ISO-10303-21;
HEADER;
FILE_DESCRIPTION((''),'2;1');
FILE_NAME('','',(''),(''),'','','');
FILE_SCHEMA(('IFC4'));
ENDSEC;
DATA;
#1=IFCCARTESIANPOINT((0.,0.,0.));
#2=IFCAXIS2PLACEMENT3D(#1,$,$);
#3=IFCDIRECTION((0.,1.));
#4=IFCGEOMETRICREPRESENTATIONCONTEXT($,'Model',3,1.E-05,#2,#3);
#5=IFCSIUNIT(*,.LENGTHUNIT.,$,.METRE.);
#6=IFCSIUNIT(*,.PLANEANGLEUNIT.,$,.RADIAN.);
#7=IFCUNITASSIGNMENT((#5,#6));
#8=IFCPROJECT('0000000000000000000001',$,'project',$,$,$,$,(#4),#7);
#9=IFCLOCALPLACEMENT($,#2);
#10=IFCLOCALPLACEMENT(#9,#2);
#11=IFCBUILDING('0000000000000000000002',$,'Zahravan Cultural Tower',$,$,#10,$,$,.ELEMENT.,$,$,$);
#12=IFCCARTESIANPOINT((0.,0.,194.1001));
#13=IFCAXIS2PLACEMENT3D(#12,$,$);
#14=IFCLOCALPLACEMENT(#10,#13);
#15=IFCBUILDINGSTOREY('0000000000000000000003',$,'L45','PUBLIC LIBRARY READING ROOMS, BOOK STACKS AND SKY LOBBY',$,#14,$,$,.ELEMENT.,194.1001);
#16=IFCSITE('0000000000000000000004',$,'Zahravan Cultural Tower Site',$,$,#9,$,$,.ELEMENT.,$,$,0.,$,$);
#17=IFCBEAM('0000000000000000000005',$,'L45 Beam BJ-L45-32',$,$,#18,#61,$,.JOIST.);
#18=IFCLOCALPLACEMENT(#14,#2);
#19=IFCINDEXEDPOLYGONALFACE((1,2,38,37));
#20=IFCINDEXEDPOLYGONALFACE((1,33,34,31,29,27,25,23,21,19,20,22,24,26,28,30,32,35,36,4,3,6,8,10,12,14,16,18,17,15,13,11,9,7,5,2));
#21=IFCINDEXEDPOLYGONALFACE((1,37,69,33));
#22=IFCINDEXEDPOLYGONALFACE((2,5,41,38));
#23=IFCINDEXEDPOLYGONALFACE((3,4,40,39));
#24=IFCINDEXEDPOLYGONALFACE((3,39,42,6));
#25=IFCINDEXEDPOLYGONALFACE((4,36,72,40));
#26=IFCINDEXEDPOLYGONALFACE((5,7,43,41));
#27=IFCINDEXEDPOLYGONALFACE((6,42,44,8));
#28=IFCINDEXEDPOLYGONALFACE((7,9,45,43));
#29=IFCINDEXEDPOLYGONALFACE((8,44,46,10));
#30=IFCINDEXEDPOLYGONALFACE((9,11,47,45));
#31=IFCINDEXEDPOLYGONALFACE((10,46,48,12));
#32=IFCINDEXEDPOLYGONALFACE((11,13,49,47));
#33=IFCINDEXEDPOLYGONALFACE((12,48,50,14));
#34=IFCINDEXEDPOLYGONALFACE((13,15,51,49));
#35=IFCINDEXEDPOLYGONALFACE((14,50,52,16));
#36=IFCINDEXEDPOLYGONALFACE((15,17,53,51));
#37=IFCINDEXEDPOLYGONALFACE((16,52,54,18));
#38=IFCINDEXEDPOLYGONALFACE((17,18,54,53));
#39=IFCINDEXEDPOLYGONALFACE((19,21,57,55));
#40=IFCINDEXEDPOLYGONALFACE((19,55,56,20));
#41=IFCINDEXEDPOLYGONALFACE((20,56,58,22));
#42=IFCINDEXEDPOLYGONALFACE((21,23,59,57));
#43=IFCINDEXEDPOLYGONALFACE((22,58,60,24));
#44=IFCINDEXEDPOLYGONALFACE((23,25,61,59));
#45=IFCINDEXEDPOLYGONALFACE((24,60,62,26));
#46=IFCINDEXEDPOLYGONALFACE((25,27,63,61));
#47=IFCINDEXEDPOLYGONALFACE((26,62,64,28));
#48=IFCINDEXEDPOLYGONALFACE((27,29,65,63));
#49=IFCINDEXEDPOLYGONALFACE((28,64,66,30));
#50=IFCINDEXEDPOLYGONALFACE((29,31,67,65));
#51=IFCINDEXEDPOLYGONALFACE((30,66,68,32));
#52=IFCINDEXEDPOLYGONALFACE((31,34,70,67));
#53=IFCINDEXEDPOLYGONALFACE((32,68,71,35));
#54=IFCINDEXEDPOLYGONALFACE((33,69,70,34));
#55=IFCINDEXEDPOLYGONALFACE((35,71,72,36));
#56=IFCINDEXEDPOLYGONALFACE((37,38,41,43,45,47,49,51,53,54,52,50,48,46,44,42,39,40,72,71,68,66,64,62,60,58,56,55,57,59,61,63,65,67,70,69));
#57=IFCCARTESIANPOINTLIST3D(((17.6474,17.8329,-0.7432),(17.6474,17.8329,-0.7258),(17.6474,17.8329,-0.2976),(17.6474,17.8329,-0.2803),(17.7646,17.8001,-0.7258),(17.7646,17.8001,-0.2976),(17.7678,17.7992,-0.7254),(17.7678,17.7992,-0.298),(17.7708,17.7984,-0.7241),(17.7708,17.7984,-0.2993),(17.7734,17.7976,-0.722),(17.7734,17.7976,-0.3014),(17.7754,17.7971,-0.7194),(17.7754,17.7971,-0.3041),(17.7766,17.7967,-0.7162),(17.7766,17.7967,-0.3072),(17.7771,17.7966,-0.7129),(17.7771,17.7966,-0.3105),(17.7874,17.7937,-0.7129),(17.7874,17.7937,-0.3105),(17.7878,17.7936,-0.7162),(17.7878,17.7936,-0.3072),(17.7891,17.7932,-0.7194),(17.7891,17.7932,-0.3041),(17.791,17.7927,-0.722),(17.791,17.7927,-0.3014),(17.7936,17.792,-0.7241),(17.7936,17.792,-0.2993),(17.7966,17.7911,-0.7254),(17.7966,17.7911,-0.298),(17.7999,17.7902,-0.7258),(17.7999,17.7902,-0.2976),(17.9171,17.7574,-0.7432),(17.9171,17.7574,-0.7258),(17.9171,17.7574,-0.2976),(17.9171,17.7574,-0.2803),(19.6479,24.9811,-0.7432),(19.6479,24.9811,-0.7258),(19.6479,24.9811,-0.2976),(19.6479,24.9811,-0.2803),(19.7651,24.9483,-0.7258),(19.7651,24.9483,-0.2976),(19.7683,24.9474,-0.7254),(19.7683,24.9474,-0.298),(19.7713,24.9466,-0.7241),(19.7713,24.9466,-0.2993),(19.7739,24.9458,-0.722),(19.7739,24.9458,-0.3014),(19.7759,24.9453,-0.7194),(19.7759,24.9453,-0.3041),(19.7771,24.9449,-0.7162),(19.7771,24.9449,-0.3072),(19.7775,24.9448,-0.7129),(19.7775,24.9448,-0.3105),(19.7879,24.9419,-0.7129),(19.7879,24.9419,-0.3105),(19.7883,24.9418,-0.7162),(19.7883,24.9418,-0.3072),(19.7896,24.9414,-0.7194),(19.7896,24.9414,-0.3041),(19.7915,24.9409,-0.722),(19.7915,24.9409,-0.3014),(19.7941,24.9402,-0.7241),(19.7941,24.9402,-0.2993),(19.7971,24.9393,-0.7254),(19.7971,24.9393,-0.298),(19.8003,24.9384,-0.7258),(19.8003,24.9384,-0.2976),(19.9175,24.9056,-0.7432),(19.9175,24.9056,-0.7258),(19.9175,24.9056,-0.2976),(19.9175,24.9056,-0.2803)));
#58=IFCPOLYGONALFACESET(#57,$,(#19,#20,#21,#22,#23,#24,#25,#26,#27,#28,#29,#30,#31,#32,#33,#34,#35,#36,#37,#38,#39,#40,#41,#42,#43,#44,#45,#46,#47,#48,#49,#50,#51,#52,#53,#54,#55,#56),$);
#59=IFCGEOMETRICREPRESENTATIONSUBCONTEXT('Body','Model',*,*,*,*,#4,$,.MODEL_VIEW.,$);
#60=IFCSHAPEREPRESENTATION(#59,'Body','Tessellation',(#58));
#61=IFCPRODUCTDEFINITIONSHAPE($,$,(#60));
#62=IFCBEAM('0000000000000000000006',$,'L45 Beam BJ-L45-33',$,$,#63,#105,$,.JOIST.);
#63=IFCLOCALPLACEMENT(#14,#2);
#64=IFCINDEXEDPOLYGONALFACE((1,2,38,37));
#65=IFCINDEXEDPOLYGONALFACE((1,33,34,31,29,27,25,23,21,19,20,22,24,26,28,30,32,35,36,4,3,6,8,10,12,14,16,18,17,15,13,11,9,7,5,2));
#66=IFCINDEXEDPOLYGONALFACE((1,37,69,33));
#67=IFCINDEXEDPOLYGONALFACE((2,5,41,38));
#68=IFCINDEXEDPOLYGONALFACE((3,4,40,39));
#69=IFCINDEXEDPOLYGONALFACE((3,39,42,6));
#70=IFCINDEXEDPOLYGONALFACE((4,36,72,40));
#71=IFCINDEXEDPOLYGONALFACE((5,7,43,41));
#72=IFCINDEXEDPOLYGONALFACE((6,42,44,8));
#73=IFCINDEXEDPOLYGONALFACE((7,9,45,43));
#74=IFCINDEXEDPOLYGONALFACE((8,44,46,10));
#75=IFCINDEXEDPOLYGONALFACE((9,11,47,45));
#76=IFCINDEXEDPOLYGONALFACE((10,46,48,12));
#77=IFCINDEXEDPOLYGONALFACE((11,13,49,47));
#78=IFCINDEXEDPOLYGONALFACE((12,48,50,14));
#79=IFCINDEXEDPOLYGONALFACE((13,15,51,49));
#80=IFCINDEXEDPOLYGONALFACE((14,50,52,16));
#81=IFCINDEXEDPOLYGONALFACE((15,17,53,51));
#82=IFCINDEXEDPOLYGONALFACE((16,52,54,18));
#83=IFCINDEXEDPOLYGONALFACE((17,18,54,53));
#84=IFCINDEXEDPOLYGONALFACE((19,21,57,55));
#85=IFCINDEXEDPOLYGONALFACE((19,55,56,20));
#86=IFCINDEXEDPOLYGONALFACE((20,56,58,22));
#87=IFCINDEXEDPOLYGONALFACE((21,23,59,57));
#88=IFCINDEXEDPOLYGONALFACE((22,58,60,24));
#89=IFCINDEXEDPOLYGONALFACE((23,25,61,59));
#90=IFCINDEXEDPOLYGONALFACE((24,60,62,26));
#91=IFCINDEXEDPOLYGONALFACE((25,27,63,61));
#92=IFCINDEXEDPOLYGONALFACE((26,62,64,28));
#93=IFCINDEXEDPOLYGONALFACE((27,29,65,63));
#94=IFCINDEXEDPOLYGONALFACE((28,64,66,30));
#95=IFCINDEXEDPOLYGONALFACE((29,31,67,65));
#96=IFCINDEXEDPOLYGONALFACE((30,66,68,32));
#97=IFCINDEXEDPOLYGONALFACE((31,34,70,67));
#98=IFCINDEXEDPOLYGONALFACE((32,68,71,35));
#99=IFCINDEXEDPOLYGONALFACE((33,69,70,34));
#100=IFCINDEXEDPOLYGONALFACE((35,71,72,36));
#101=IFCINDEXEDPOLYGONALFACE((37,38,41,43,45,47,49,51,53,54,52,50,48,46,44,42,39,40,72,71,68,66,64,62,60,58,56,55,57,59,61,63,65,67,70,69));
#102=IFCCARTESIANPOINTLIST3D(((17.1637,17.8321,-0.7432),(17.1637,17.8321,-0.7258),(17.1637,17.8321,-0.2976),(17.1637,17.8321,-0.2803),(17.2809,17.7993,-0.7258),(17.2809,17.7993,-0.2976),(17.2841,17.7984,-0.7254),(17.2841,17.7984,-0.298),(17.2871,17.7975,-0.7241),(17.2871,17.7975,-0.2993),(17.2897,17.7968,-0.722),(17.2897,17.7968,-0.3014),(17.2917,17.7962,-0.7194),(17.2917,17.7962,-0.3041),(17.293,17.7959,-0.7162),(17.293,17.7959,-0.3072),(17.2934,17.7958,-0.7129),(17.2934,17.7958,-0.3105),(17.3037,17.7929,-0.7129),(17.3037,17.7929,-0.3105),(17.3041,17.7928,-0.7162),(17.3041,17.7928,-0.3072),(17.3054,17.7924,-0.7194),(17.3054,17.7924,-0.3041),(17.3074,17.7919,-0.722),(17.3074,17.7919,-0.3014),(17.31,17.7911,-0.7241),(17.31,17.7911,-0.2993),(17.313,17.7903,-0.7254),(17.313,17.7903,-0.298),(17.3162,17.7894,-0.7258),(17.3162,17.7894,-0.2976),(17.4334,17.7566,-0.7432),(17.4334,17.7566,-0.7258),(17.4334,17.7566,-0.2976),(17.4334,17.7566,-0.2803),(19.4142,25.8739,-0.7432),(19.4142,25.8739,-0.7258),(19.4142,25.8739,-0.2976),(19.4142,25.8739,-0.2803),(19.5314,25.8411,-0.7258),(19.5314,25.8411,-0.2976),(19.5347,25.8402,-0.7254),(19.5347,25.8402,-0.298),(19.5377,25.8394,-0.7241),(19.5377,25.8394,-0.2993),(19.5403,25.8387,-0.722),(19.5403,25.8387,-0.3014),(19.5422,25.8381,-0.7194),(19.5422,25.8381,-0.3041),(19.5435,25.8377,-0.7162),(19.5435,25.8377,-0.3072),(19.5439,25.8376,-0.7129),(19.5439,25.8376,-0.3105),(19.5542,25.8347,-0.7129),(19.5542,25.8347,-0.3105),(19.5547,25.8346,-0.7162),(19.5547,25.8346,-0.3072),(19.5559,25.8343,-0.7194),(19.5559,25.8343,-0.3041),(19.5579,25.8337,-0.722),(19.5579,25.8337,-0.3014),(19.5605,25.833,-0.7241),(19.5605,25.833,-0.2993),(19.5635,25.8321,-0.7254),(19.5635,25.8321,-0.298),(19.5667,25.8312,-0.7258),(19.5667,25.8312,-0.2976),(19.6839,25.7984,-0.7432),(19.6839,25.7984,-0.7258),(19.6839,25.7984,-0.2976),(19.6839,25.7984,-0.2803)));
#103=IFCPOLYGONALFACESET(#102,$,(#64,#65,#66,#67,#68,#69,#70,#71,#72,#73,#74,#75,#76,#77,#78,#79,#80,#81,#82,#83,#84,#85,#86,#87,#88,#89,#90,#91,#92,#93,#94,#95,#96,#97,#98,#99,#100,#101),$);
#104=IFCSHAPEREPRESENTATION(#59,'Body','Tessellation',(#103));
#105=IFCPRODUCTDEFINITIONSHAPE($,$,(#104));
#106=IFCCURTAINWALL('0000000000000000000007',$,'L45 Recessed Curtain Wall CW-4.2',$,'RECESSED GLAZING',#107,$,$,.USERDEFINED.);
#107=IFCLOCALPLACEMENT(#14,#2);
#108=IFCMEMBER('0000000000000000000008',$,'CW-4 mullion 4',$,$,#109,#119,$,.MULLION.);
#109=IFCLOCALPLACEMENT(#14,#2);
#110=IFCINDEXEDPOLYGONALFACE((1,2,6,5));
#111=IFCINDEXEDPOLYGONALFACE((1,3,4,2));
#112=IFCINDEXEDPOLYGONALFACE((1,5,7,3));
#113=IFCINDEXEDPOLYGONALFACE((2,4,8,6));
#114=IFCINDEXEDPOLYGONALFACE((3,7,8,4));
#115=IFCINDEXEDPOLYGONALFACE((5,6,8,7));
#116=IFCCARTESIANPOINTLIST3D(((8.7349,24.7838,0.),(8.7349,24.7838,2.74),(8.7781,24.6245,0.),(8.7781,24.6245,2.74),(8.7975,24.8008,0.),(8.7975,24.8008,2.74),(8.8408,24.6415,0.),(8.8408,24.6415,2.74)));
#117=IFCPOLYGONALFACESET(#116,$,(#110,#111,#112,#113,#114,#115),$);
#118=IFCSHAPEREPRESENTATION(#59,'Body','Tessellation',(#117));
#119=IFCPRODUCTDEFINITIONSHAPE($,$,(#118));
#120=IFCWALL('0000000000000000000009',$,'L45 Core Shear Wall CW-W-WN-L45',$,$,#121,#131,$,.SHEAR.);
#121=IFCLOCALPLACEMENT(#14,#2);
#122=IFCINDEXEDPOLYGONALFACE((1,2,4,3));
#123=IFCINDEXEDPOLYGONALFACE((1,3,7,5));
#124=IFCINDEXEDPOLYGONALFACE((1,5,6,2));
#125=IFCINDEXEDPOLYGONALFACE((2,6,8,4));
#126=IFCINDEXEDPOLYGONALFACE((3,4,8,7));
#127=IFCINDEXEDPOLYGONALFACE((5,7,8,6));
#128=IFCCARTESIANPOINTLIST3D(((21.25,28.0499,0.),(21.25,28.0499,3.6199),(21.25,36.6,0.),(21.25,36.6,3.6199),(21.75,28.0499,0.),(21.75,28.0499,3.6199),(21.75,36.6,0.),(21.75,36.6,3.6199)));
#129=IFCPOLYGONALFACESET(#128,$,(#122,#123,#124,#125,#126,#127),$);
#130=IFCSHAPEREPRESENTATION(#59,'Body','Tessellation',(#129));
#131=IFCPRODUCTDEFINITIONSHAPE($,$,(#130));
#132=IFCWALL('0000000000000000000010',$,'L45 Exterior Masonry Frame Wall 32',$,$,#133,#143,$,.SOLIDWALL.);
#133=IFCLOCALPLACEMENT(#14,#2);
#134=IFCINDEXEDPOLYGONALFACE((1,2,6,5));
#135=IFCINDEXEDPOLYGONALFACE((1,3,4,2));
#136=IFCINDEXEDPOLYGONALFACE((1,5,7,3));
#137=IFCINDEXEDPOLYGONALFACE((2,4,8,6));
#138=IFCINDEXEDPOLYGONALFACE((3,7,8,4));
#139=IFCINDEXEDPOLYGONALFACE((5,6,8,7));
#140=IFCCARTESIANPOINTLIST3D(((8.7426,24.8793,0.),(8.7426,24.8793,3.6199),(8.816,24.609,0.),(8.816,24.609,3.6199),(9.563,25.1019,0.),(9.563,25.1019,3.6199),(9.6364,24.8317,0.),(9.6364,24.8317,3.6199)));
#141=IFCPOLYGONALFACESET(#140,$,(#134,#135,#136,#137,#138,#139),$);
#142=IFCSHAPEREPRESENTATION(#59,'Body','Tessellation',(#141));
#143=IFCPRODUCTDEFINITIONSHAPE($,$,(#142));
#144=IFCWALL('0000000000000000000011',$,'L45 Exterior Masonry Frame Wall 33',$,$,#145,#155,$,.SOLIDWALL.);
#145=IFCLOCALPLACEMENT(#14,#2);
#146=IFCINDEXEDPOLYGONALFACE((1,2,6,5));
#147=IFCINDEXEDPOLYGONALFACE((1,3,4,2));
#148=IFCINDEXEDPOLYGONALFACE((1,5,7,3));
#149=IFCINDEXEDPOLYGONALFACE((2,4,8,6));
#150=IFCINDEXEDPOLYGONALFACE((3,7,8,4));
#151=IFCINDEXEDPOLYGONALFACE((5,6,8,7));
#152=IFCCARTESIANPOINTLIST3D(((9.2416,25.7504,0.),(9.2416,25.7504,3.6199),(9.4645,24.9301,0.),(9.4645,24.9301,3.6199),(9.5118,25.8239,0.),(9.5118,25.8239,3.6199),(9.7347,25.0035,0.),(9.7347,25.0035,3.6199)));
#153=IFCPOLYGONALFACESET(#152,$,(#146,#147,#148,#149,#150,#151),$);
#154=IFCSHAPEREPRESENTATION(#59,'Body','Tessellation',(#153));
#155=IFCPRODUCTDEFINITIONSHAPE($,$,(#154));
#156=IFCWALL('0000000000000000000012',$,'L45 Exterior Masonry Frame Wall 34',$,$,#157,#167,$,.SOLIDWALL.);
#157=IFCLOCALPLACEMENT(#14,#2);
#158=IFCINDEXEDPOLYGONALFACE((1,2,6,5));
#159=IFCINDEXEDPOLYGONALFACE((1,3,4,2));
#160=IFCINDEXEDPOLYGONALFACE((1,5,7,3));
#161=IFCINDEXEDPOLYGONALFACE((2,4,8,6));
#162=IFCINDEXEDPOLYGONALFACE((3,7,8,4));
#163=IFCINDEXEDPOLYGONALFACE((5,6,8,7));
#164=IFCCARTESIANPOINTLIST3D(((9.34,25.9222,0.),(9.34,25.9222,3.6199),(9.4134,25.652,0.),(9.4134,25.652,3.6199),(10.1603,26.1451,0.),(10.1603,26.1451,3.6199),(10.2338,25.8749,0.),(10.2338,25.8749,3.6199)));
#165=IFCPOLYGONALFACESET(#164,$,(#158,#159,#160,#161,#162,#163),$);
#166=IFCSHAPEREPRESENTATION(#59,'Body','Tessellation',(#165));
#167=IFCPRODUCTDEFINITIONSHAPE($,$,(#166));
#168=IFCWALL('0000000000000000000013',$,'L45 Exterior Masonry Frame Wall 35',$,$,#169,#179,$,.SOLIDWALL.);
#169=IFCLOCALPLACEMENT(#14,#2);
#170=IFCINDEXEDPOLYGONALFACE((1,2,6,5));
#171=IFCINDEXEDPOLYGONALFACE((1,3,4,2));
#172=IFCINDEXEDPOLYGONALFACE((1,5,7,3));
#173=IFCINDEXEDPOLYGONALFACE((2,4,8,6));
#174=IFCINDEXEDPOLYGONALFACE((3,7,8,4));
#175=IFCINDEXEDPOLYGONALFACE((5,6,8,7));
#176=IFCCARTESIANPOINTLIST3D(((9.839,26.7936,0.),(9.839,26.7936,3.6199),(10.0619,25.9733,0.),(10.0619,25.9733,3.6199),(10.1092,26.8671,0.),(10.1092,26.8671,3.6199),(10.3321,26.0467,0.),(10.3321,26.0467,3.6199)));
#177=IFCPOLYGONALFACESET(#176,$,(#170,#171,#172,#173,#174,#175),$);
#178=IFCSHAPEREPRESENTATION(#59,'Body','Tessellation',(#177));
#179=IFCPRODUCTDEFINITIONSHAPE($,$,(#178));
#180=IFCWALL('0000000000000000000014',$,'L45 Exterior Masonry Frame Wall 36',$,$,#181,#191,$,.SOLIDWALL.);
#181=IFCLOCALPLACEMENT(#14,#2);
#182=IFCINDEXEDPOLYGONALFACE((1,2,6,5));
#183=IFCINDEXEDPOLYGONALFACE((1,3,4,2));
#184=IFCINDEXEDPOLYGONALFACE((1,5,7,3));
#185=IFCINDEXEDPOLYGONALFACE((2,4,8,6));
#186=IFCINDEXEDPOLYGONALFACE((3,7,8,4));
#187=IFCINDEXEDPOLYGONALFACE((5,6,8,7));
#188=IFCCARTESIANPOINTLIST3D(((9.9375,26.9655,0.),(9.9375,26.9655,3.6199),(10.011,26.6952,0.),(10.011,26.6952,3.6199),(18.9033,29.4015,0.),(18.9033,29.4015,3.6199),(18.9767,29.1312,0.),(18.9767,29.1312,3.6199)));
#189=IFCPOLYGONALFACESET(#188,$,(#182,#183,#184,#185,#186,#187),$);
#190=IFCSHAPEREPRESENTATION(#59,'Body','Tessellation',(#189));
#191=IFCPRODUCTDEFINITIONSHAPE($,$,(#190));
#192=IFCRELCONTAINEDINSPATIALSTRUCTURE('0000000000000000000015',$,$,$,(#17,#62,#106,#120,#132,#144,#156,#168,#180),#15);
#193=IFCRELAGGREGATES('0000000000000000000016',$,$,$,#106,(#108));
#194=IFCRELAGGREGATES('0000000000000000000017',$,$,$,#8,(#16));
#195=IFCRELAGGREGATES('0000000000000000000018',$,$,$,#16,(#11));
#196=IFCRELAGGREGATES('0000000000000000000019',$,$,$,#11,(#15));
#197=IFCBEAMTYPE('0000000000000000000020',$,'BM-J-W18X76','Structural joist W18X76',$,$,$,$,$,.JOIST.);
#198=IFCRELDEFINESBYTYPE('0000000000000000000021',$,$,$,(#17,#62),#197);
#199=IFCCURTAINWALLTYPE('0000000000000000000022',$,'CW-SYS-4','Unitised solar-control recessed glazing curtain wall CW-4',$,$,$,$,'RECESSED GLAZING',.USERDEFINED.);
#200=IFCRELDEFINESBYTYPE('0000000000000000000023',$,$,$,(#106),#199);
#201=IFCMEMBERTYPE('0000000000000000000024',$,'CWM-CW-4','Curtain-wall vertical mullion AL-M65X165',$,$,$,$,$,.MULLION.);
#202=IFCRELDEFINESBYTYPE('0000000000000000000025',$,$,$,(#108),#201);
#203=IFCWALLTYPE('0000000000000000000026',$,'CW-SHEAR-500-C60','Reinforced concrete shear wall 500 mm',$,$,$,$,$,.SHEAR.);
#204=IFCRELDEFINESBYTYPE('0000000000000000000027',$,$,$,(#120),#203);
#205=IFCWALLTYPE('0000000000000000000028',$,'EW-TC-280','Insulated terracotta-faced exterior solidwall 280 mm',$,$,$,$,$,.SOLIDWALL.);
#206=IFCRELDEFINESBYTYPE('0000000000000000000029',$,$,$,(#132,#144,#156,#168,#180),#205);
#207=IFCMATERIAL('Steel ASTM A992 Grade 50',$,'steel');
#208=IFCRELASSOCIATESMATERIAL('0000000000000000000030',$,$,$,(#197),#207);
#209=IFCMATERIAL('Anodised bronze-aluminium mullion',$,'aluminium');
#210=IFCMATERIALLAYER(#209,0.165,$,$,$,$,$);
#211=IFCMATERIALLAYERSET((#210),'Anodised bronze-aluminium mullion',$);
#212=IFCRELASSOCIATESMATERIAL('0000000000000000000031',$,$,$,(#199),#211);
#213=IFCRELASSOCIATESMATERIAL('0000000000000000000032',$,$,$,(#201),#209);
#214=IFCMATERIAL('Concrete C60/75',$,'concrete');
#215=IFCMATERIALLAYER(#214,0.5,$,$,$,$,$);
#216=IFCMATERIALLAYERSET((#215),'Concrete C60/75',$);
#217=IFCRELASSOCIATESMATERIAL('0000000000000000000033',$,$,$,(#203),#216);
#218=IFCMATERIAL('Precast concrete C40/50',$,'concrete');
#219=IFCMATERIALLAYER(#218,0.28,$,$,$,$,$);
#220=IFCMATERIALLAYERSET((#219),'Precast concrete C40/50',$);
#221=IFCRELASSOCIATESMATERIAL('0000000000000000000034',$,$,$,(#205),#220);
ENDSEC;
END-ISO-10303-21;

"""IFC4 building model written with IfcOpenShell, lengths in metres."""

from ifc_helpers import new_model, si_unit, direction, frame, frame_2d, origin, origin_2d, place, context, subcontext, project, spatial, rectangle, i_section, extrude, source, transform, mapped, material, layer, layer_set, material_profile, profile_set, type_object, element, aggregate, save


model = new_model("IFC4")

# Units and contexts
model_context = context("Model", 3, precision=1e-05, world=origin(), true_north=direction((0.0, 1.0)))
body_context = subcontext(model_context, "Body", "Model", "MODEL_VIEW")
ifc_project = project(units=[si_unit("LENGTHUNIT", "METRE"), si_unit("PLANEANGLEUNIT", "RADIAN")], contexts=[model_context])

# Site, building, storey
site_placement = place(None, origin())
site = spatial("IfcSite", under=ifc_project, at=site_placement, Name="Zahravan Cultural Tower Site", CompositionType="ELEMENT", RefElevation=0.0)
building_placement = place(site_placement, origin())
building = spatial("IfcBuilding", under=site, at=building_placement, Name="Zahravan Cultural Tower", CompositionType="ELEMENT")
storey_placement = place(building_placement, frame((0.0, 0.0, 194.1001)))
storey = spatial("IfcBuildingStorey", under=building, at=storey_placement, Name="L45", Description="PUBLIC LIBRARY READING ROOMS, BOOK STACKS AND SKY LOBBY", CompositionType="ELEMENT", Elevation=194.1001)

# Shared definitions
ifc_material_1 = material(Name="Steel ASTM A992 Grade 50", Category="steel")

# Beams
ifc_material_profile_1 = material_profile(ifc_material_1, i_section(OverallWidth=0.28, OverallDepth=0.4629, WebThickness=0.0107, FlangeThickness=0.0173, FilletRadius=0.0129, at=origin_2d()), Name="W18X76")
ifc_profile_set_1 = profile_set([ifc_material_profile_1], Name="Steel ASTM A992 Grade 50")
beam_type_1 = type_object("IfcBeamType", Name="BM-J-W18X76", Description="Structural joist W18X76", PredefinedType="JOIST", material=ifc_profile_set_1)
shared_shape_1 = source(origin(), body_context, "Body", "SweptSolid", [
    extrude(i_section(OverallWidth=0.28, OverallDepth=0.4629, WebThickness=0.0107, FlangeThickness=0.0173, FilletRadius=0.0129, at=origin_2d()), origin(), (0.0, 0.0, 1.0), 7.4229),
])
beam_1_placement = place(storey_placement, frame((19.7827, 24.9434, -0.5117), z_axis=(-0.269504, -0.962999, 0.0), x_axis=(0.962999, -0.269504, 0.0)))
element("IfcBeam", 1, at=beam_1_placement, inside=storey, type_object=beam_type_1, Name="L45 Beam BJ-L45-32", PredefinedType="JOIST", context=body_context, shape_type="MappedRepresentation", body=[
    mapped(shared_shape_1, transform((0.0, 0.0, 0.0), x_axis=(1.0, 0.0, 0.0), y_axis=(0.0, 1.0, 0.0), z_axis=(0.0, 0.0, 1.0), scale=1.0)),
])
shared_shape_2 = source(origin(), body_context, "Body", "SweptSolid", [
    extrude(i_section(OverallWidth=0.28, OverallDepth=0.4629, WebThickness=0.0107, FlangeThickness=0.0173, FilletRadius=0.0129, at=origin_2d()), origin(), (0.0, 0.0, 1.0), 8.3508),
])
beam_2_placement = place(storey_placement, frame((19.5491, 25.8362, -0.5117), z_axis=(-0.269497, -0.963001, 0.0), x_axis=(0.963001, -0.269497, 0.0)))
element("IfcBeam", 2, at=beam_2_placement, inside=storey, type_object=beam_type_1, Name="L45 Beam BJ-L45-33", PredefinedType="JOIST", context=body_context, shape_type="MappedRepresentation", body=[
    mapped(shared_shape_2, transform((0.0, 0.0, 0.0), x_axis=(1.0, 0.0, 0.0), y_axis=(0.0, 1.0, 0.0), z_axis=(0.0, 0.0, 1.0), scale=1.0)),
])

# Curtain wall, member
ifc_material_2 = material(Name="Anodised bronze-aluminium mullion", Category="aluminium")
ifc_layer_1 = layer(ifc_material_2, 0.165)
ifc_layer_set_1 = layer_set([ifc_layer_1], Name="Anodised bronze-aluminium mullion")
curtain_wall_type = type_object("IfcCurtainWallType", Name="CW-SYS-4", Description="Unitised solar-control recessed glazing curtain wall CW-4", ElementType="RECESSED GLAZING", PredefinedType="USERDEFINED", material=ifc_layer_set_1)
curtain_wall_placement = place(storey_placement, origin())
curtain_wall = element("IfcCurtainWall", 3, at=curtain_wall_placement, inside=storey, type_object=curtain_wall_type, Name="L45 Recessed Curtain Wall CW-4.2", ObjectType="RECESSED GLAZING", PredefinedType="USERDEFINED")
ifc_material_profile_2 = material_profile(ifc_material_2, rectangle(XDim=0.0649, YDim=0.165, at=origin_2d()), Name="AL-M65X165")
ifc_profile_set_2 = profile_set([ifc_material_profile_2], Name="Anodised bronze-aluminium mullion")
member_type = type_object("IfcMemberType", Name="CWM-CW-4", Description="Curtain-wall vertical mullion AL-M65X165", PredefinedType="MULLION", material=ifc_profile_set_2)
shared_shape_3 = source(origin(), body_context, "Body", "SweptSolid", [
    extrude(rectangle(XDim=0.0649, YDim=0.165, at=origin_2d()), origin(), (0.0, 0.0, 1.0), 2.74),
])
member_placement = place(storey_placement, frame((8.7878, 24.7126, 0.0), z_axis=(0.0, 0.0, 1.0), x_axis=(-0.965017, -0.262187, 0.0)))
member = element("IfcMember", 4, at=member_placement, type_object=member_type, Name="CW-4 mullion 4", PredefinedType="MULLION", context=body_context, shape_type="MappedRepresentation", body=[
    mapped(shared_shape_3, transform((0.0, 0.0, 0.0), x_axis=(1.0, 0.0, 0.0), y_axis=(0.0, 1.0, 0.0), z_axis=(0.0, 0.0, 1.0), scale=1.0)),
])
aggregate(curtain_wall, [member])

# Walls
ifc_material_3 = material(Name="Concrete C60/75", Category="concrete")
ifc_layer_2 = layer(ifc_material_3, 0.5)
ifc_layer_set_2 = layer_set([ifc_layer_2], Name="Concrete C60/75")
wall_type_1 = type_object("IfcWallType", Name="CW-SHEAR-500-C60", Description="Reinforced concrete shear wall 500 mm", PredefinedType="SHEAR", material=ifc_layer_set_2)
shared_shape_4 = source(origin(), body_context, "Body", "SweptSolid", [
    extrude(rectangle(XDim=8.55, YDim=0.5, at=frame_2d((4.2749, 0.0))), origin(), (0.0, 0.0, 1.0), 3.6199),
])
wall_1_placement = place(storey_placement, frame((21.5, 28.05, 0.0), z_axis=(0.0, 0.0, 1.0), x_axis=(0.0, 1.0, 0.0)))
element("IfcWall", 5, at=wall_1_placement, inside=storey, type_object=wall_type_1, Name="L45 Core Shear Wall CW-W-WN-L45", PredefinedType="SHEAR", context=body_context, shape_type="MappedRepresentation", body=[
    mapped(shared_shape_4, transform((0.0, 0.0, 0.0), x_axis=(1.0, 0.0, 0.0), y_axis=(0.0, 1.0, 0.0), z_axis=(0.0, 0.0, 1.0), scale=1.0)),
])
ifc_material_4 = material(Name="Precast concrete C40/50", Category="concrete")
ifc_layer_3 = layer(ifc_material_4, 0.28)
ifc_layer_set_3 = layer_set([ifc_layer_3], Name="Precast concrete C40/50")
wall_type_2 = type_object("IfcWallType", Name="EW-TC-280", Description="Insulated terracotta-faced exterior solidwall 280 mm", PredefinedType="SOLIDWALL", material=ifc_layer_set_3)
shared_shape_5 = source(origin(), body_context, "Body", "SweptSolid", [
    extrude(rectangle(XDim=0.8501, YDim=0.28, at=frame_2d((0.425, 0.0))), origin(), (0.0, 0.0, 1.0), 3.6199),
])
for number, where, z_axis, x_axis, name in (
    (6, (8.7793, 24.7441, 0.0), (0.0, 0.0, 1.0), (0.965081, 0.261951, 0.0), "L45 Exterior Masonry Frame Wall 32"),
    (7, (9.5996, 24.9668, 0.0), (0.0, 0.0, 1.0), (-0.262218, 0.965009, 0.0), "L45 Exterior Masonry Frame Wall 33"),
    (8, (9.3767, 25.7871, 0.0), (0.0, 0.0, 1.0), (0.965009, 0.262218, 0.0), "L45 Exterior Masonry Frame Wall 34"),
    (9, (10.197, 26.01, 0.0), (0.0, 0.0, 1.0), (-0.262218, 0.965009, 0.0), "L45 Exterior Masonry Frame Wall 35"),
):
    element("IfcWall", number, at=place(storey_placement, frame(where, z_axis=z_axis, x_axis=x_axis)), inside=storey, type_object=wall_type_2, Name=name, PredefinedType="SOLIDWALL", context=body_context, shape_type="MappedRepresentation", body=[
        mapped(shared_shape_5, transform((0.0, 0.0, 0.0), x_axis=(1.0, 0.0, 0.0), y_axis=(0.0, 1.0, 0.0), z_axis=(0.0, 0.0, 1.0), scale=1.0)),
    ])
shared_shape_6 = source(origin(), body_context, "Body", "SweptSolid", [
    extrude(rectangle(XDim=9.2908, YDim=0.28, at=frame_2d((4.6455, 0.0))), origin(), (0.0, 0.0, 1.0), 3.6199),
])
wall_2_placement = place(storey_placement, frame((9.9741, 26.8303, 0.0), z_axis=(0.0, 0.0, 1.0), x_axis=(0.965014, 0.262197, 0.0)))
element("IfcWall", 10, at=wall_2_placement, inside=storey, type_object=wall_type_2, Name="L45 Exterior Masonry Frame Wall 36", PredefinedType="SOLIDWALL", context=body_context, shape_type="MappedRepresentation", body=[
    mapped(shared_shape_6, transform((0.0, 0.0, 0.0), x_axis=(1.0, 0.0, 0.0), y_axis=(0.0, 1.0, 0.0), z_axis=(0.0, 0.0, 1.0), scale=1.0)),
])

save(model, "model.ifc")
